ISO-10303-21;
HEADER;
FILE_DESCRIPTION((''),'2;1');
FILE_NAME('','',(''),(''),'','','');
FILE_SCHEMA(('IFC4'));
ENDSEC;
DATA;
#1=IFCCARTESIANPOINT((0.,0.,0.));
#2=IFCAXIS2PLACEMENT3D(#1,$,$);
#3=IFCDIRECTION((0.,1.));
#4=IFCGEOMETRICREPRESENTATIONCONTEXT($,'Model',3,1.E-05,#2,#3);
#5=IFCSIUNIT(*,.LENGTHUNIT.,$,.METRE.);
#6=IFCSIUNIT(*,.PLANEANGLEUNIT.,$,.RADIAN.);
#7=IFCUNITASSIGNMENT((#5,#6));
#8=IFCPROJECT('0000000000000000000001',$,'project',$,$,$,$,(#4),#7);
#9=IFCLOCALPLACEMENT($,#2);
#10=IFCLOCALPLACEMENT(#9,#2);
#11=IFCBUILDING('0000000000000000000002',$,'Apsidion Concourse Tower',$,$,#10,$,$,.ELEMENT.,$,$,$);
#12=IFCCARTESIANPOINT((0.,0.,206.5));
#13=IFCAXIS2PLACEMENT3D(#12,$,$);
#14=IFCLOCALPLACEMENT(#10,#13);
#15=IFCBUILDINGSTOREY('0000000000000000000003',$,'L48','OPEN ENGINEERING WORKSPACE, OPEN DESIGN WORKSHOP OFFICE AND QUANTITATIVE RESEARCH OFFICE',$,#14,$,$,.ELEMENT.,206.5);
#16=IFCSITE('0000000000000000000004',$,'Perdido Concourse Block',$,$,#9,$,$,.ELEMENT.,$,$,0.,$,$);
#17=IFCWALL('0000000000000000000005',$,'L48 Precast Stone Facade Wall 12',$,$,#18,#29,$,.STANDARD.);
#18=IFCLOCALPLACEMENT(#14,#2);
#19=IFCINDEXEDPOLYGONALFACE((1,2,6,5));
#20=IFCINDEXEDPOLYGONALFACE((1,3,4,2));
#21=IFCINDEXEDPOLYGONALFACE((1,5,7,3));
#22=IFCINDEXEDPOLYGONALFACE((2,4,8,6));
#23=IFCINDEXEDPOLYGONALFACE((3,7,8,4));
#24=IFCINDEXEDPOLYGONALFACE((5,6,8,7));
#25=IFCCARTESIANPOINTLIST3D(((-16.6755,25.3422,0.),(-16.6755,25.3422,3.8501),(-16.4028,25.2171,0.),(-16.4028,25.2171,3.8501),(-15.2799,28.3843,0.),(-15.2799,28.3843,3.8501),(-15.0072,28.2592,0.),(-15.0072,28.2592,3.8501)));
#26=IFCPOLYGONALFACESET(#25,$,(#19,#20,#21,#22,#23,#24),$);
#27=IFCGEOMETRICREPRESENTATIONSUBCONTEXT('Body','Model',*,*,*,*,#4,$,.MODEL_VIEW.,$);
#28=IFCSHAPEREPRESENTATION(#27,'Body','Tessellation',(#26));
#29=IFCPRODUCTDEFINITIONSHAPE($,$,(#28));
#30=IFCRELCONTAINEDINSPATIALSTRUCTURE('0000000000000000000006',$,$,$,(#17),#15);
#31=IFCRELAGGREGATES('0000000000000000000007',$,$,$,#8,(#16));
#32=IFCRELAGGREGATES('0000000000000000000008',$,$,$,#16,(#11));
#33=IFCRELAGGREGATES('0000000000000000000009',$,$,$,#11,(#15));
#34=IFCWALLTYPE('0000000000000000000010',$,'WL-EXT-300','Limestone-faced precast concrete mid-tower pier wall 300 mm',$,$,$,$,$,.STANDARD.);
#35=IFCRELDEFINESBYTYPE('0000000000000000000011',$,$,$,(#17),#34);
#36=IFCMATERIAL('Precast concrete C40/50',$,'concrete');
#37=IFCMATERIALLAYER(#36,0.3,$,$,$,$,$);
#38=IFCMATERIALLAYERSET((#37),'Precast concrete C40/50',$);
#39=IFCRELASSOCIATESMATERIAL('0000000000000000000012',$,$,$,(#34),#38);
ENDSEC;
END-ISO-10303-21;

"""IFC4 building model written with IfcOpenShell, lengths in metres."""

from ifc_helpers import new_model, si_unit, direction, frame, frame_2d, origin, place, context, subcontext, project, spatial, rectangle, extrude, material, layer, layer_set, type_object, element, save


model = new_model("IFC4")

# Units and contexts
model_context = context("Model", 3, precision=1e-05, world=origin(), true_north=direction((0.0, 1.0)))
body_context = subcontext(model_context, "Body", "Model", "MODEL_VIEW")
ifc_project = project(units=[si_unit("LENGTHUNIT", "METRE"), si_unit("PLANEANGLEUNIT", "RADIAN")], contexts=[model_context])

# Site, building, storey
site_placement = place(None, origin())
site = spatial("IfcSite", under=ifc_project, at=site_placement, Name="Perdido Concourse Block", CompositionType="ELEMENT", RefElevation=0.0)
building_placement = place(site_placement, origin())
building = spatial("IfcBuilding", under=site, at=building_placement, Name="Apsidion Concourse Tower", CompositionType="ELEMENT")
storey_placement = place(building_placement, frame((0.0, 0.0, 206.5)))
storey = spatial("IfcBuildingStorey", under=building, at=storey_placement, Name="L48", Description="OPEN ENGINEERING WORKSPACE, OPEN DESIGN WORKSHOP OFFICE AND QUANTITATIVE RESEARCH OFFICE", CompositionType="ELEMENT", Elevation=206.5)

# Shared definitions
ifc_material_1 = material(Name="Precast concrete C40/50", Category="concrete")
ifc_layer = layer(ifc_material_1, 0.3)
ifc_layer_set = layer_set([ifc_layer], Name="Precast concrete C40/50")
wall_type = type_object("IfcWallType", Name="WL-EXT-300", Description="Limestone-faced precast concrete mid-tower pier wall 300 mm", PredefinedType="STANDARD", material=ifc_layer_set)

# Wall
wall_1_placement = place(storey_placement, frame((-16.5391, 25.2798, 0.0), z_axis=(0.0, 0.0, 1.0), x_axis=(0.416966, 0.908922, 0.0)))
element("IfcWall", 1, at=wall_1_placement, inside=storey, type_object=wall_type, Name="L48 Precast Stone Facade Wall 12", PredefinedType="STANDARD", context=body_context, shape_type="SweptSolid", body=[
    extrude(rectangle(XDim=3.3469, YDim=0.3, at=frame_2d((1.6733, 0.0))), origin(), (0.0, 0.0, 1.0), 3.8501),
])

save(model, "model.ifc")
